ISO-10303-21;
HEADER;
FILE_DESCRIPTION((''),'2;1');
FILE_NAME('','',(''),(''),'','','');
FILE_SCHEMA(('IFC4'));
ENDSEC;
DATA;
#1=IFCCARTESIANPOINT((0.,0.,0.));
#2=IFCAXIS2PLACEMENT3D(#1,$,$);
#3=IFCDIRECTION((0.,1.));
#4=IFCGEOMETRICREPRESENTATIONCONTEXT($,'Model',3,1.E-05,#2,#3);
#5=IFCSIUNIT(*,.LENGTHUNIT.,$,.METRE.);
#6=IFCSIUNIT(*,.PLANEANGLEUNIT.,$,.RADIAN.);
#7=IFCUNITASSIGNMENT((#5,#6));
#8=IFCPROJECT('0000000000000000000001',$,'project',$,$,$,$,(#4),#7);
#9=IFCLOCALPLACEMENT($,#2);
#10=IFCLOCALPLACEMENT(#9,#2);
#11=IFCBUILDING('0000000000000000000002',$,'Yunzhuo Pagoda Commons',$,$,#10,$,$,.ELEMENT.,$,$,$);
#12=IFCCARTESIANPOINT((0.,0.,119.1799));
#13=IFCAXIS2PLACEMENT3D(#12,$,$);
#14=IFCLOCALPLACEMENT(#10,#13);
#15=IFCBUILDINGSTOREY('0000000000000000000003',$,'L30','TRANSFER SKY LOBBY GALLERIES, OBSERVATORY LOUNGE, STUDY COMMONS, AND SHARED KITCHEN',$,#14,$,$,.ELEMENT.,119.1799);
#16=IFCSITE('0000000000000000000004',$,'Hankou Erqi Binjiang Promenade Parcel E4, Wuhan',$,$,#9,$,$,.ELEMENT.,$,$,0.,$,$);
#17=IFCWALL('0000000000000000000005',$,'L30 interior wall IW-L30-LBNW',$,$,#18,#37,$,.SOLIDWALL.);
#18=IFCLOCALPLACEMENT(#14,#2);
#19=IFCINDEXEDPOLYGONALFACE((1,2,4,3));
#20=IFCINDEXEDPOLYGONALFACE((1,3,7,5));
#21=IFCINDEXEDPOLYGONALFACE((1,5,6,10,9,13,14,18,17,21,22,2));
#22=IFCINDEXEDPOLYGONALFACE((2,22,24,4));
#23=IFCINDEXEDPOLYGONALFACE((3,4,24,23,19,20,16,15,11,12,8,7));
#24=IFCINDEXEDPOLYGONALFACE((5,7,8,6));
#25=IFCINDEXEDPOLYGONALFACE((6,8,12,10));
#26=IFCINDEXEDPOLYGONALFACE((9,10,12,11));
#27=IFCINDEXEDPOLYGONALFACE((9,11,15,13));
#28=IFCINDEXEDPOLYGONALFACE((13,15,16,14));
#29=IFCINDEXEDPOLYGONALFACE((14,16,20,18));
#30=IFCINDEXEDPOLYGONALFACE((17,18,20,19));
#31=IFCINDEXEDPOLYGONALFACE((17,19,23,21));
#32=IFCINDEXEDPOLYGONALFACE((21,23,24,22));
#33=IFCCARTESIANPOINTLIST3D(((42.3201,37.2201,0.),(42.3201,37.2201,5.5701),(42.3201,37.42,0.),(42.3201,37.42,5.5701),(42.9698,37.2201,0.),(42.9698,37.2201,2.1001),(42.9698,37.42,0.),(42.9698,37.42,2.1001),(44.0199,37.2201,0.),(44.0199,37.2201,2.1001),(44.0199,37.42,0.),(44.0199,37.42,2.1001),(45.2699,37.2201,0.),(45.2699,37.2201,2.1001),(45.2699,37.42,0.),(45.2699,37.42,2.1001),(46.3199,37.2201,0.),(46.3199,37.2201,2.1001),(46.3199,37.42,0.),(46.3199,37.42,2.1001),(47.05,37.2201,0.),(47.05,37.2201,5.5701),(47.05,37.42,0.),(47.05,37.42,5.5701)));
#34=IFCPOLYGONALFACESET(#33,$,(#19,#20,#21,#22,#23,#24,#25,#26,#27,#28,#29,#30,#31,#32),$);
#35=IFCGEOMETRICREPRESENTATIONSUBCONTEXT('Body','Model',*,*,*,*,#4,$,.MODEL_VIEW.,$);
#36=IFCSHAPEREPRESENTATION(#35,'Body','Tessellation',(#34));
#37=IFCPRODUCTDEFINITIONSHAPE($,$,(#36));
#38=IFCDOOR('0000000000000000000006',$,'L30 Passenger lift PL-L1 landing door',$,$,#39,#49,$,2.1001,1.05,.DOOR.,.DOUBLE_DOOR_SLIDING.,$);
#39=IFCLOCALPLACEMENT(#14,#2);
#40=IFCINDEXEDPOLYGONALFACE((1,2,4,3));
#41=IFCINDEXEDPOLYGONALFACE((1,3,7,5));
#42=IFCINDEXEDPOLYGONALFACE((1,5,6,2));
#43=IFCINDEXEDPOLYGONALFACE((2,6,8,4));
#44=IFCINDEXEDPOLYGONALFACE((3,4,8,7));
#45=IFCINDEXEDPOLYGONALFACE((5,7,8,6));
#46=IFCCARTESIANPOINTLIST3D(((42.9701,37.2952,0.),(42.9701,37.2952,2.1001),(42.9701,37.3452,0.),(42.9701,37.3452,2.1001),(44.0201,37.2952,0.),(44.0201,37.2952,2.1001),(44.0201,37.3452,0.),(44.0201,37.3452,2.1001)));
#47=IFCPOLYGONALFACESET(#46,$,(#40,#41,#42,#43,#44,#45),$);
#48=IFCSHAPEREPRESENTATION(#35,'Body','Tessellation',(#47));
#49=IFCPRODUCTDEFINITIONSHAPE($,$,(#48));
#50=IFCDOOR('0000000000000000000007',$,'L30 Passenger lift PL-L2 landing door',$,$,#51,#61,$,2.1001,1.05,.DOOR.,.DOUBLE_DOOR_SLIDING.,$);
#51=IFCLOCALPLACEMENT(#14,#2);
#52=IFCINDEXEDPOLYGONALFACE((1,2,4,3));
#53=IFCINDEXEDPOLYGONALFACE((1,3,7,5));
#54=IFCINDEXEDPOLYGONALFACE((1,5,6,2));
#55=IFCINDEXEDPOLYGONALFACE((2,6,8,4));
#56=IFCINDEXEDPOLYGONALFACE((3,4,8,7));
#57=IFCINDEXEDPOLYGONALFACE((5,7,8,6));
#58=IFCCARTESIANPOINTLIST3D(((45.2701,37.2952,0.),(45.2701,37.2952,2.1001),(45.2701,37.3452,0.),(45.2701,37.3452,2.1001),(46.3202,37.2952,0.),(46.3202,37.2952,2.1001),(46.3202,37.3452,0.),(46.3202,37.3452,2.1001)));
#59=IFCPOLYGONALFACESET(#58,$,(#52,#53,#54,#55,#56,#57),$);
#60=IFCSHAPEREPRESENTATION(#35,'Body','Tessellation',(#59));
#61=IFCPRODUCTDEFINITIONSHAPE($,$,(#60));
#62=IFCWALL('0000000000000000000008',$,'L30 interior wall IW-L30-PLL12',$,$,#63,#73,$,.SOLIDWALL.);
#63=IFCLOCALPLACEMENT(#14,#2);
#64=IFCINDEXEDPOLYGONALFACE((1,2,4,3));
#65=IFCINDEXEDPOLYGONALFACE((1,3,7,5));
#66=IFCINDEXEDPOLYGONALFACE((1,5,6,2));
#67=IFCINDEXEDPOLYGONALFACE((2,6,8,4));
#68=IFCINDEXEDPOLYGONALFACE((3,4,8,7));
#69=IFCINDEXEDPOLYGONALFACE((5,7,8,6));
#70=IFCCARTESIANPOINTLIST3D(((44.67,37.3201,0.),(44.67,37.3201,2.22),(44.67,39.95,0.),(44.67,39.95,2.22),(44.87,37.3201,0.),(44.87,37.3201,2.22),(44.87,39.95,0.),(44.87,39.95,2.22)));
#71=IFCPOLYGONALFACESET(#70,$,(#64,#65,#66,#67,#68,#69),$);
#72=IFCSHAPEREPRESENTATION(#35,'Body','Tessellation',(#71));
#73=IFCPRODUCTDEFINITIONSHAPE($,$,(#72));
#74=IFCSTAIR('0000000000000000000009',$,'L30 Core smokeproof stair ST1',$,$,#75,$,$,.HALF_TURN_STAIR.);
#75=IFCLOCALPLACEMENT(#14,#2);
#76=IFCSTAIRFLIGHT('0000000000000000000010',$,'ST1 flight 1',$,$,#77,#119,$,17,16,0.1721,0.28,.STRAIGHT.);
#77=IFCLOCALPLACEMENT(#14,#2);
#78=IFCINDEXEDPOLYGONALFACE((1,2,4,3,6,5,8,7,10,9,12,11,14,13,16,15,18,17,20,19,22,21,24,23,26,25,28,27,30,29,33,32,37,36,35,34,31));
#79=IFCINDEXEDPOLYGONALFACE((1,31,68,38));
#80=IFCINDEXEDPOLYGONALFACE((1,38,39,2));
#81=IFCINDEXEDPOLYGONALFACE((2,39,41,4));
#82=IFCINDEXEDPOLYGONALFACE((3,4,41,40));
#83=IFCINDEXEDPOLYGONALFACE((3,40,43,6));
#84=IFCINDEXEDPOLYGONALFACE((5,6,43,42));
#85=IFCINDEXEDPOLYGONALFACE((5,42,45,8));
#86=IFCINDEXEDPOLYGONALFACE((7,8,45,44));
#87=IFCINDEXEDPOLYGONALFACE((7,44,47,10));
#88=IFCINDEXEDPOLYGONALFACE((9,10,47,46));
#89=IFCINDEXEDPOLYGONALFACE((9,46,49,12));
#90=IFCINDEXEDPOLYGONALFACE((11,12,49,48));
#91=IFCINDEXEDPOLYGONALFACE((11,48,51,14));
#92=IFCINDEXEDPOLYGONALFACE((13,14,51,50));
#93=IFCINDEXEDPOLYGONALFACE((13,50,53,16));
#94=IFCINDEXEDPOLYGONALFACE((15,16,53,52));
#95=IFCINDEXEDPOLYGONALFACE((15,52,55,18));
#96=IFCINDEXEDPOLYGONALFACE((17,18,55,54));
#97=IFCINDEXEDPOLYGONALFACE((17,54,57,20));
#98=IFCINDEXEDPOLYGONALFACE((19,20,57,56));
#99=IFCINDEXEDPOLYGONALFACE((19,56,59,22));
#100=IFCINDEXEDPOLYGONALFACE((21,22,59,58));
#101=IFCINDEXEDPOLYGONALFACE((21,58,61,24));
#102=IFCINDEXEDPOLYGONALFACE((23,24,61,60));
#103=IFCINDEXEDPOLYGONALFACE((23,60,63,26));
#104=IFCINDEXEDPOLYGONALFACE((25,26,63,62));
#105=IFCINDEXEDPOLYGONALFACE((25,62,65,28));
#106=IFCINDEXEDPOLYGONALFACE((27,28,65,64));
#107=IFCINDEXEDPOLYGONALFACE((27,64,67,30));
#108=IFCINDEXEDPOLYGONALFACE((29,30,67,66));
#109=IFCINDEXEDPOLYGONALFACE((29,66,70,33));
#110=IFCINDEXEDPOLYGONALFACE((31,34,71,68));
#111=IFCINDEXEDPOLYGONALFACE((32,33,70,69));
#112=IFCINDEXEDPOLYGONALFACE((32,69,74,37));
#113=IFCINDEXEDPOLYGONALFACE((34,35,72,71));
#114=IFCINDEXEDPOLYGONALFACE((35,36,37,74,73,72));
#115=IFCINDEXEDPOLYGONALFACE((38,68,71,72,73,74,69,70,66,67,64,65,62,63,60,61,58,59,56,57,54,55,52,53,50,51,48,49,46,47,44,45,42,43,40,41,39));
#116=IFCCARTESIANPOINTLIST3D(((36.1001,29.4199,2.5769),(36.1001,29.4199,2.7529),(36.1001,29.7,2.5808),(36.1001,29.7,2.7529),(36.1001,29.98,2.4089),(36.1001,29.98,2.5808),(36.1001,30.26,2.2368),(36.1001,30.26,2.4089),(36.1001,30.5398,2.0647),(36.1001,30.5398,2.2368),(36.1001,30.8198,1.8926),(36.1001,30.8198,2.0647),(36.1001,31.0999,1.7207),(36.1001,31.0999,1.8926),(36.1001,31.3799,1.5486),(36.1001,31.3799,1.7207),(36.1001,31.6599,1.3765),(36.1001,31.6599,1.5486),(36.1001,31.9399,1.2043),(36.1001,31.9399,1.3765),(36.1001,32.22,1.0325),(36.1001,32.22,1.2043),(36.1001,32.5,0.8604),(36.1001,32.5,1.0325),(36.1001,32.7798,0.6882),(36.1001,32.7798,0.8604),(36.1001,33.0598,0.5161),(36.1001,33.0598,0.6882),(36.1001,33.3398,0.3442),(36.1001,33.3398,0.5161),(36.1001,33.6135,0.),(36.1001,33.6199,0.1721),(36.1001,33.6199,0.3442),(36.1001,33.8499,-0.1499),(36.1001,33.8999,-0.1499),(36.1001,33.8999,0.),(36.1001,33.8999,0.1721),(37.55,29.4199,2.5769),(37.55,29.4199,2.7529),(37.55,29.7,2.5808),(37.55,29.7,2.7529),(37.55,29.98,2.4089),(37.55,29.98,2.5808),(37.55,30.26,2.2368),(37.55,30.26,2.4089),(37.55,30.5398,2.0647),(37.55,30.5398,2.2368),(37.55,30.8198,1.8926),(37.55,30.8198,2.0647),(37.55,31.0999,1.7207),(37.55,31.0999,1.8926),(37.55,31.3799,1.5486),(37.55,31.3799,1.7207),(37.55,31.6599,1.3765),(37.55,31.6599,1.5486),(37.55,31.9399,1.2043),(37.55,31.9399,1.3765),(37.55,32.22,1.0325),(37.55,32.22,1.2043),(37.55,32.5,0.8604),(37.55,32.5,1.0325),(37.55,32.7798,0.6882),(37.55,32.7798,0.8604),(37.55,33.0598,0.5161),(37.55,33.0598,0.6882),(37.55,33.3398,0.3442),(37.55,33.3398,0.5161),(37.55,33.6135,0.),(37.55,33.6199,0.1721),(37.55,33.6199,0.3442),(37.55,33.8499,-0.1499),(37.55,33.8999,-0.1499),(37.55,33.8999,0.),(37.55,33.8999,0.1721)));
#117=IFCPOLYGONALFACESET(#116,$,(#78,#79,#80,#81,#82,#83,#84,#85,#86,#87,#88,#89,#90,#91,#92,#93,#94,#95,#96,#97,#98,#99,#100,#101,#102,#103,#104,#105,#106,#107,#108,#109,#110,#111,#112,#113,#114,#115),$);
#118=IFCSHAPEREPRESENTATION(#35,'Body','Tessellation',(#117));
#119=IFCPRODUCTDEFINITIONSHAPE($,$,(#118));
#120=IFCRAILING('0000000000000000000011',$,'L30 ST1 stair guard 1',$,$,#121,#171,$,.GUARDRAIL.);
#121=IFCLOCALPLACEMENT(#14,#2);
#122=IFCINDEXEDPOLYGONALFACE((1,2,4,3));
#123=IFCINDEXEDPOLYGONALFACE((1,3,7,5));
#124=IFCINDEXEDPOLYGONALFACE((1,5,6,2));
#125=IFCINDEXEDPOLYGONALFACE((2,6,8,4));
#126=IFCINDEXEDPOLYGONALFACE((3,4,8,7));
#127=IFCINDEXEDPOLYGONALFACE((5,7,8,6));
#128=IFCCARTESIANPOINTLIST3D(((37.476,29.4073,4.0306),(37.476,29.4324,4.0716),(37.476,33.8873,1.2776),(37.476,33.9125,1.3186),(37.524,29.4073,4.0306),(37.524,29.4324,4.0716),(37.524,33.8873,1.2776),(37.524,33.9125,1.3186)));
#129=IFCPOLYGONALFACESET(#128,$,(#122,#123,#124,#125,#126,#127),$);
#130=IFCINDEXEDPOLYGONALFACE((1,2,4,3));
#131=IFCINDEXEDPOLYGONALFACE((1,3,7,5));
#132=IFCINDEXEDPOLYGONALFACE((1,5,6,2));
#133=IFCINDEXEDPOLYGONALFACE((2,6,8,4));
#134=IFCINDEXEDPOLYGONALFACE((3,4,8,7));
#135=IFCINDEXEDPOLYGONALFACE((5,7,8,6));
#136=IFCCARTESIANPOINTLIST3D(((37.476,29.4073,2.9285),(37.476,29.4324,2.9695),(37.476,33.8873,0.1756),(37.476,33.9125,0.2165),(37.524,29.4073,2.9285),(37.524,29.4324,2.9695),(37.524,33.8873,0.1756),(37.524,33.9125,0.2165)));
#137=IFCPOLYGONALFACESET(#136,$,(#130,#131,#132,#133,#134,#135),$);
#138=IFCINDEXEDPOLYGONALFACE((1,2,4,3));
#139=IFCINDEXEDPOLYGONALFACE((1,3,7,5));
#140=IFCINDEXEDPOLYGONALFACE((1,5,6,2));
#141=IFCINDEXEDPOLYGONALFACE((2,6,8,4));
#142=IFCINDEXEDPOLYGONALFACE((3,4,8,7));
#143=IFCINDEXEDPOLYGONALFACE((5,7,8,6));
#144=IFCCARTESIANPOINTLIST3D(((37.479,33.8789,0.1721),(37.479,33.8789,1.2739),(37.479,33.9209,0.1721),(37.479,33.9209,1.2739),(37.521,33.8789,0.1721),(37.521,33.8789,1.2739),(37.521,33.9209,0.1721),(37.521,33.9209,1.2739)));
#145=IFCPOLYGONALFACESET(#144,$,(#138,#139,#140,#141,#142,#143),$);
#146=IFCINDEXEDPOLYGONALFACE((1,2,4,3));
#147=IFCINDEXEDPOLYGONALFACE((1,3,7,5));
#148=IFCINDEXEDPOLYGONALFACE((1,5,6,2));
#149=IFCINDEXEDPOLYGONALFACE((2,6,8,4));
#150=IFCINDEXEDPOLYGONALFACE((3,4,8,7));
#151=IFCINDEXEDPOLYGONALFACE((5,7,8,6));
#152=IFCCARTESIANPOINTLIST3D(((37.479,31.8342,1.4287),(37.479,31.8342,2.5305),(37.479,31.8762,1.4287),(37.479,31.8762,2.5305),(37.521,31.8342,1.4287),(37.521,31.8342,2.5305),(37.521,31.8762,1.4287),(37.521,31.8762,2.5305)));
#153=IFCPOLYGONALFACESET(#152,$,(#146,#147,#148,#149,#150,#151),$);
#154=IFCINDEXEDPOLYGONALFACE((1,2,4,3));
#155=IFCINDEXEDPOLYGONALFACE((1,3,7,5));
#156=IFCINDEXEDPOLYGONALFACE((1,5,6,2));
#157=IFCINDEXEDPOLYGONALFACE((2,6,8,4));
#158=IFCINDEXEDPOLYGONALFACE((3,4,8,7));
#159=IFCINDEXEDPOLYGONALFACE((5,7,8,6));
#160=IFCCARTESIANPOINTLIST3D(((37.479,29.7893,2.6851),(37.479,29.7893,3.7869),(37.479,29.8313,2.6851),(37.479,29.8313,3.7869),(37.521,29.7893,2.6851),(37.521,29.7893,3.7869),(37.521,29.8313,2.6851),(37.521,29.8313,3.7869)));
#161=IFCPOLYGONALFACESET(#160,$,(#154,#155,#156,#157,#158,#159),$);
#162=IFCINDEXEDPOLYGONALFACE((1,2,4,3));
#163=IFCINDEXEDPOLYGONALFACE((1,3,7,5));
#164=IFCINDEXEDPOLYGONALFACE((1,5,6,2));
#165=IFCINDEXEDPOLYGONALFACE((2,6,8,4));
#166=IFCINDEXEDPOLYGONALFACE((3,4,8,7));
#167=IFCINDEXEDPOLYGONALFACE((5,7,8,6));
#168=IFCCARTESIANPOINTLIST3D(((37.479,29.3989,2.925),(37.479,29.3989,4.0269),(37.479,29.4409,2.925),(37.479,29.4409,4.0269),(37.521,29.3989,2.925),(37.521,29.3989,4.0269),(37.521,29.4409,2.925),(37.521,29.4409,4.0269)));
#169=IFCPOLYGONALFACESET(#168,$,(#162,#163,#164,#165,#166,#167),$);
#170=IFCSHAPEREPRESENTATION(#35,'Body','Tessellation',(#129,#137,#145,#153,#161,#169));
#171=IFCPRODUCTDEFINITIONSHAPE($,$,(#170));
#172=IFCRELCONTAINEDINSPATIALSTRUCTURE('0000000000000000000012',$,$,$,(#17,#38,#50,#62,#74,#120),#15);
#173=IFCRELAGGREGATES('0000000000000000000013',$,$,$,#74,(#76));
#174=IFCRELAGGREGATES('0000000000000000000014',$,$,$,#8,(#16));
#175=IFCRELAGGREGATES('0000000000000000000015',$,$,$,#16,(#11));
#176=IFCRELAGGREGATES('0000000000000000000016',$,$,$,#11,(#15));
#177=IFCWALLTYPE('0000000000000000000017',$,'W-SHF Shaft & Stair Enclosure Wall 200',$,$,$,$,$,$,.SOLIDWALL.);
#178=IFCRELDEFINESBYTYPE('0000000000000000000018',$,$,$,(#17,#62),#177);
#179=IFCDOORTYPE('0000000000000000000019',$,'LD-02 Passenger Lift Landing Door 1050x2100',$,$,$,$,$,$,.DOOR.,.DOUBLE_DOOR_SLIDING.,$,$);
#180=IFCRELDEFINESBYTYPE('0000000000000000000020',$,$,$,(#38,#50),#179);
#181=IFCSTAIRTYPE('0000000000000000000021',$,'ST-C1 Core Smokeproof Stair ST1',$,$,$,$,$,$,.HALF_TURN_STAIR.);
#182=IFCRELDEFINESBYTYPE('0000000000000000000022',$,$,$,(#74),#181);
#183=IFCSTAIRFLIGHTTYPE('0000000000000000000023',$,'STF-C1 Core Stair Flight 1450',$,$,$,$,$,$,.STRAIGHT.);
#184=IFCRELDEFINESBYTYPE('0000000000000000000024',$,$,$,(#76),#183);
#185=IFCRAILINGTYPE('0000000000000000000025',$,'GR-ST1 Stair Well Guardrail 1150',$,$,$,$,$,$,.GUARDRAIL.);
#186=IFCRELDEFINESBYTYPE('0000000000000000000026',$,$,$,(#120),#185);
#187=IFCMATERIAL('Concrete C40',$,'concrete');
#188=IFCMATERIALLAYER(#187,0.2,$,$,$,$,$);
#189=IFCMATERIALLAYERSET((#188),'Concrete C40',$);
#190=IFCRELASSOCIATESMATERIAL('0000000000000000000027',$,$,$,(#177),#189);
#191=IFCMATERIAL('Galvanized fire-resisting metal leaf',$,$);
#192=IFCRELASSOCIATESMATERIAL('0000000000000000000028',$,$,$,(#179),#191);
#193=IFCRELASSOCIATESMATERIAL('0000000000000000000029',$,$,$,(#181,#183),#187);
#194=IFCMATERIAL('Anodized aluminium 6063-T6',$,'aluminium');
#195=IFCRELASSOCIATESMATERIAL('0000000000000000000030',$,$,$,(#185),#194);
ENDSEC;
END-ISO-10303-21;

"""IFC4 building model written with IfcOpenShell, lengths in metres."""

from ifc_helpers import new_model, si_unit, direction, frame, frame_2d, origin, origin_2d, place, context, subcontext, project, spatial, polyline, rectangle, outline, extrude, source, transform, mapped, material, layer, layer_set, type_object, element, fill, aggregate, save


model = new_model("IFC4")

# Units and contexts
model_context = context("Model", 3, precision=1e-05, world=origin(), true_north=direction((0.0, 1.0)))
body_context = subcontext(model_context, "Body", "Model", "MODEL_VIEW")
ifc_project = project(units=[si_unit("LENGTHUNIT", "METRE"), si_unit("PLANEANGLEUNIT", "RADIAN")], contexts=[model_context])

# Site, building, storey
site_placement = place(None, origin())
site = spatial("IfcSite", under=ifc_project, at=site_placement, Name="Hankou Erqi Binjiang Promenade Parcel E4, Wuhan", CompositionType="ELEMENT", RefElevation=0.0)
building_placement = place(site_placement, origin())
building = spatial("IfcBuilding", under=site, at=building_placement, Name="Yunzhuo Pagoda Commons", CompositionType="ELEMENT")
storey_placement = place(building_placement, frame((0.0, 0.0, 119.1799)))
storey = spatial("IfcBuildingStorey", under=building, at=storey_placement, Name="L30", Description="TRANSFER SKY LOBBY GALLERIES, OBSERVATORY LOUNGE, STUDY COMMONS, AND SHARED KITCHEN", CompositionType="ELEMENT", Elevation=119.1799)

# Shared definitions
ifc_material_1 = material(Name="Galvanized fire-resisting metal leaf")
shared_shape_1 = source(origin(), body_context, "Body", "SweptSolid", [
    extrude(rectangle(XDim=1.05, YDim=2.1001, at=frame_2d((0.5249, 1.05))), frame((0.0, 0.0249, 0.0), z_axis=(0.0, -1.0, 0.0), x_axis=(1.0, 0.0, 0.0)), (0.0, 0.0, 1.0), 0.05),
])

# Shared definitions
ifc_material_2 = material(Name="Anodized aluminium 6063-T6", Category="aluminium")

# Shared definitions
ifc_material_3 = material(Name="Concrete C40", Category="concrete")
ifc_layer_1 = layer(ifc_material_3, 0.2)
ifc_layer_set_1 = layer_set([ifc_layer_1], Name="Concrete C40")
wall_type_1 = type_object("IfcWallType", Name="W-SHF Shaft & Stair Enclosure Wall 200", PredefinedType="SOLIDWALL", material=ifc_layer_set_1)

# Wall, openings, doors
wall_1_placement = place(storey_placement, frame((42.3201, 37.3201, 0.0), z_axis=(0.0, 0.0, 1.0), x_axis=(1.0, 0.0, 0.0)))
wall_1 = element("IfcWall", 1, at=wall_1_placement, inside=storey, type_object=wall_type_1, Name="L30 interior wall IW-L30-LBNW", PredefinedType="SOLIDWALL", context=body_context, shape_type="SweptSolid", body=[
    extrude(rectangle(XDim=4.73, YDim=0.2, at=frame_2d((2.365, 0.0))), origin(), (0.0, 0.0, 1.0), 5.5701),
])
opening_1_placement = place(wall_1_placement, frame((0.6499, 0.0, 0.0)))
opening_1 = element("IfcOpeningElement", 2, at=opening_1_placement, cuts=wall_1, PredefinedType="OPENING", context=body_context, shape_type="SweptSolid", body=[
    extrude(rectangle(XDim=1.05, YDim=2.1001, at=frame_2d((0.5249, 1.05))), frame((0.0, 0.1099, 0.0), z_axis=(0.0, -1.0, 0.0), x_axis=(1.0, 0.0, 0.0)), (0.0, 0.0, 1.0), 0.22),
])
opening_2_placement = place(wall_1_placement, frame((2.95, 0.0, 0.0)))
opening_2 = element("IfcOpeningElement", 3, at=opening_2_placement, cuts=wall_1, PredefinedType="OPENING", context=body_context, shape_type="SweptSolid", body=[
    extrude(rectangle(XDim=1.05, YDim=2.1001, at=frame_2d((0.5249, 1.05))), frame((0.0, 0.1099, 0.0), z_axis=(0.0, -1.0, 0.0), x_axis=(1.0, 0.0, 0.0)), (0.0, 0.0, 1.0), 0.22),
])
door_type_1 = type_object("IfcDoorType", Name="LD-02 Passenger Lift Landing Door 1050x2100", OperationType="DOUBLE_DOOR_SLIDING", PredefinedType="DOOR", material=ifc_material_1)
door_1_placement = place(opening_1_placement, frame((1.05, 0.0, 0.0), z_axis=(0.0, 0.0, 1.0), x_axis=(-1.0, 0.0, 0.0)))
door_1 = element("IfcDoor", 4, at=door_1_placement, inside=storey, type_object=door_type_1, Name="L30 Passenger lift PL-L1 landing door", OperationType="DOUBLE_DOOR_SLIDING", OverallHeight=2.1001, OverallWidth=1.05, PredefinedType="DOOR", context=body_context, shape_type="MappedRepresentation", body=[
    mapped(shared_shape_1, transform((0.0, 0.0, 0.0), scale=1.0)),
])
fill(opening_1, door_1)
door_2_placement = place(opening_2_placement, frame((1.05, 0.0, 0.0), z_axis=(0.0, 0.0, 1.0), x_axis=(-1.0, 0.0, 0.0)))
door_2 = element("IfcDoor", 5, at=door_2_placement, inside=storey, type_object=door_type_1, Name="L30 Passenger lift PL-L2 landing door", OperationType="DOUBLE_DOOR_SLIDING", OverallHeight=2.1001, OverallWidth=1.05, PredefinedType="DOOR", context=body_context, shape_type="MappedRepresentation", body=[
    mapped(shared_shape_1, transform((0.0, 0.0, 0.0), scale=1.0)),
])
fill(opening_2, door_2)

# Wall
wall_2_placement = place(storey_placement, frame((44.77, 37.3201, 0.0), z_axis=(0.0, 0.0, 1.0), x_axis=(0.0, 1.0, 0.0)))
element("IfcWall", 6, at=wall_2_placement, inside=storey, type_object=wall_type_1, Name="L30 interior wall IW-L30-PLL12", PredefinedType="SOLIDWALL", context=body_context, shape_type="SweptSolid", body=[
    extrude(rectangle(XDim=2.6299, YDim=0.2, at=frame_2d((1.3149, 0.0))), origin(), (0.0, 0.0, 1.0), 2.22),
])

# Stair, stair flight
stair_type = type_object("IfcStairType", Name="ST-C1 Core Smokeproof Stair ST1", PredefinedType="HALF_TURN_STAIR", material=ifc_material_3)
stair_placement = place(storey_placement, origin())
stair = element("IfcStair", 7, at=stair_placement, inside=storey, type_object=stair_type, Name="L30 Core smokeproof stair ST1", PredefinedType="HALF_TURN_STAIR")
stair_flight_type = type_object("IfcStairFlightType", Name="STF-C1 Core Stair Flight 1450", PredefinedType="STRAIGHT", material=ifc_material_3)
shared_shape_2 = source(origin(), body_context, "Body", "SweptSolid", [
    extrude(outline(polyline([(0.0, -0.1499), (0.0, 0.0), (0.0, 0.1721), (0.28, 0.1721), (0.28, 0.3442), (0.5601, 0.3442), (0.5601, 0.5161), (0.8401, 0.5161), (0.8401, 0.6882), (1.1201, 0.6882), (1.1201, 0.8604), (1.3999, 0.8604), (1.3999, 1.0325), (1.6799, 1.0325), (1.6799, 1.2043), (1.96, 1.2043), (1.96, 1.3765), (2.24, 1.3765), (2.24, 1.5486), (2.52, 1.5486), (2.52, 1.7207), (2.8, 1.7207), (2.8, 1.8926), (3.0801, 1.8926), (3.0801, 2.0647), (3.3601, 2.0647), (3.3601, 2.2368), (3.6399, 2.2368), (3.6399, 2.4089), (3.9199, 2.4089), (3.9199, 2.5808), (4.2, 2.5808), (4.2, 2.7529), (4.48, 2.7529), (4.48, 2.925), (4.48, 2.5769), (0.2864, 0.0), (0.05, -0.1499), (0.0, -0.1499)])), frame((0.0, 0.7251, 0.0), z_axis=(0.0, -1.0, 0.0), x_axis=(1.0, 0.0, 0.0)), (0.0, 0.0, 1.0), 1.45),
])
stair_flight_placement = place(storey_placement, frame((36.825, 33.8999, 0.0), z_axis=(0.0, 0.0, 1.0), x_axis=(0.0, -1.0, 0.0)))
stair_flight = element("IfcStairFlight", 8, at=stair_flight_placement, type_object=stair_flight_type, Name="ST1 flight 1", NumberOfRisers=17, NumberOfTreads=16, PredefinedType="STRAIGHT", RiserHeight=0.1721, TreadLength=0.28, context=body_context, shape_type="MappedRepresentation", body=[
    mapped(shared_shape_2, transform((0.0, 0.0, 0.0), scale=1.0)),
])
aggregate(stair, [stair_flight])

# Railing
railing_type_1 = type_object("IfcRailingType", Name="GR-ST1 Stair Well Guardrail 1150", PredefinedType="GUARDRAIL", material=ifc_material_2)
railing_1_placement = place(storey_placement, frame((37.5, 33.8999, 0.1721)))
element("IfcRailing", 9, at=railing_1_placement, inside=storey, type_object=railing_type_1, Name="L30 ST1 stair guard 1", PredefinedType="GUARDRAIL", context=body_context, shape_type="SweptSolid", body=[
    extrude(rectangle(XDim=0.0481, YDim=0.0481, at=origin_2d()), frame((0.0, 0.0, 1.126), z_axis=(0.0, -0.851996, 0.523548), x_axis=(1.0, 0.0, 0.0)), (0.0, 0.0, 1.0), 5.2583),
    extrude(rectangle(XDim=0.0481, YDim=0.0481, at=origin_2d()), frame((0.0, 0.0, 0.0239), z_axis=(0.0, -0.851996, 0.523548), x_axis=(1.0, 0.0, 0.0)), (0.0, 0.0, 1.0), 5.2583),
    extrude(rectangle(XDim=0.042, YDim=0.042, at=origin_2d()), origin(), (0.0, 0.0, 1.0), 1.1018),
    extrude(rectangle(XDim=0.042, YDim=0.042, at=origin_2d()), frame((0.0, -2.0447, 1.2566)), (0.0, 0.0, 1.0), 1.1018),
    extrude(rectangle(XDim=0.042, YDim=0.042, at=origin_2d()), frame((0.0, -4.0896, 2.5129)), (0.0, 0.0, 1.0), 1.1018),
    extrude(rectangle(XDim=0.042, YDim=0.042, at=origin_2d()), frame((0.0, -4.48, 2.7529)), (0.0, 0.0, 1.0), 1.1018),
])

save(model, "model.ifc")
